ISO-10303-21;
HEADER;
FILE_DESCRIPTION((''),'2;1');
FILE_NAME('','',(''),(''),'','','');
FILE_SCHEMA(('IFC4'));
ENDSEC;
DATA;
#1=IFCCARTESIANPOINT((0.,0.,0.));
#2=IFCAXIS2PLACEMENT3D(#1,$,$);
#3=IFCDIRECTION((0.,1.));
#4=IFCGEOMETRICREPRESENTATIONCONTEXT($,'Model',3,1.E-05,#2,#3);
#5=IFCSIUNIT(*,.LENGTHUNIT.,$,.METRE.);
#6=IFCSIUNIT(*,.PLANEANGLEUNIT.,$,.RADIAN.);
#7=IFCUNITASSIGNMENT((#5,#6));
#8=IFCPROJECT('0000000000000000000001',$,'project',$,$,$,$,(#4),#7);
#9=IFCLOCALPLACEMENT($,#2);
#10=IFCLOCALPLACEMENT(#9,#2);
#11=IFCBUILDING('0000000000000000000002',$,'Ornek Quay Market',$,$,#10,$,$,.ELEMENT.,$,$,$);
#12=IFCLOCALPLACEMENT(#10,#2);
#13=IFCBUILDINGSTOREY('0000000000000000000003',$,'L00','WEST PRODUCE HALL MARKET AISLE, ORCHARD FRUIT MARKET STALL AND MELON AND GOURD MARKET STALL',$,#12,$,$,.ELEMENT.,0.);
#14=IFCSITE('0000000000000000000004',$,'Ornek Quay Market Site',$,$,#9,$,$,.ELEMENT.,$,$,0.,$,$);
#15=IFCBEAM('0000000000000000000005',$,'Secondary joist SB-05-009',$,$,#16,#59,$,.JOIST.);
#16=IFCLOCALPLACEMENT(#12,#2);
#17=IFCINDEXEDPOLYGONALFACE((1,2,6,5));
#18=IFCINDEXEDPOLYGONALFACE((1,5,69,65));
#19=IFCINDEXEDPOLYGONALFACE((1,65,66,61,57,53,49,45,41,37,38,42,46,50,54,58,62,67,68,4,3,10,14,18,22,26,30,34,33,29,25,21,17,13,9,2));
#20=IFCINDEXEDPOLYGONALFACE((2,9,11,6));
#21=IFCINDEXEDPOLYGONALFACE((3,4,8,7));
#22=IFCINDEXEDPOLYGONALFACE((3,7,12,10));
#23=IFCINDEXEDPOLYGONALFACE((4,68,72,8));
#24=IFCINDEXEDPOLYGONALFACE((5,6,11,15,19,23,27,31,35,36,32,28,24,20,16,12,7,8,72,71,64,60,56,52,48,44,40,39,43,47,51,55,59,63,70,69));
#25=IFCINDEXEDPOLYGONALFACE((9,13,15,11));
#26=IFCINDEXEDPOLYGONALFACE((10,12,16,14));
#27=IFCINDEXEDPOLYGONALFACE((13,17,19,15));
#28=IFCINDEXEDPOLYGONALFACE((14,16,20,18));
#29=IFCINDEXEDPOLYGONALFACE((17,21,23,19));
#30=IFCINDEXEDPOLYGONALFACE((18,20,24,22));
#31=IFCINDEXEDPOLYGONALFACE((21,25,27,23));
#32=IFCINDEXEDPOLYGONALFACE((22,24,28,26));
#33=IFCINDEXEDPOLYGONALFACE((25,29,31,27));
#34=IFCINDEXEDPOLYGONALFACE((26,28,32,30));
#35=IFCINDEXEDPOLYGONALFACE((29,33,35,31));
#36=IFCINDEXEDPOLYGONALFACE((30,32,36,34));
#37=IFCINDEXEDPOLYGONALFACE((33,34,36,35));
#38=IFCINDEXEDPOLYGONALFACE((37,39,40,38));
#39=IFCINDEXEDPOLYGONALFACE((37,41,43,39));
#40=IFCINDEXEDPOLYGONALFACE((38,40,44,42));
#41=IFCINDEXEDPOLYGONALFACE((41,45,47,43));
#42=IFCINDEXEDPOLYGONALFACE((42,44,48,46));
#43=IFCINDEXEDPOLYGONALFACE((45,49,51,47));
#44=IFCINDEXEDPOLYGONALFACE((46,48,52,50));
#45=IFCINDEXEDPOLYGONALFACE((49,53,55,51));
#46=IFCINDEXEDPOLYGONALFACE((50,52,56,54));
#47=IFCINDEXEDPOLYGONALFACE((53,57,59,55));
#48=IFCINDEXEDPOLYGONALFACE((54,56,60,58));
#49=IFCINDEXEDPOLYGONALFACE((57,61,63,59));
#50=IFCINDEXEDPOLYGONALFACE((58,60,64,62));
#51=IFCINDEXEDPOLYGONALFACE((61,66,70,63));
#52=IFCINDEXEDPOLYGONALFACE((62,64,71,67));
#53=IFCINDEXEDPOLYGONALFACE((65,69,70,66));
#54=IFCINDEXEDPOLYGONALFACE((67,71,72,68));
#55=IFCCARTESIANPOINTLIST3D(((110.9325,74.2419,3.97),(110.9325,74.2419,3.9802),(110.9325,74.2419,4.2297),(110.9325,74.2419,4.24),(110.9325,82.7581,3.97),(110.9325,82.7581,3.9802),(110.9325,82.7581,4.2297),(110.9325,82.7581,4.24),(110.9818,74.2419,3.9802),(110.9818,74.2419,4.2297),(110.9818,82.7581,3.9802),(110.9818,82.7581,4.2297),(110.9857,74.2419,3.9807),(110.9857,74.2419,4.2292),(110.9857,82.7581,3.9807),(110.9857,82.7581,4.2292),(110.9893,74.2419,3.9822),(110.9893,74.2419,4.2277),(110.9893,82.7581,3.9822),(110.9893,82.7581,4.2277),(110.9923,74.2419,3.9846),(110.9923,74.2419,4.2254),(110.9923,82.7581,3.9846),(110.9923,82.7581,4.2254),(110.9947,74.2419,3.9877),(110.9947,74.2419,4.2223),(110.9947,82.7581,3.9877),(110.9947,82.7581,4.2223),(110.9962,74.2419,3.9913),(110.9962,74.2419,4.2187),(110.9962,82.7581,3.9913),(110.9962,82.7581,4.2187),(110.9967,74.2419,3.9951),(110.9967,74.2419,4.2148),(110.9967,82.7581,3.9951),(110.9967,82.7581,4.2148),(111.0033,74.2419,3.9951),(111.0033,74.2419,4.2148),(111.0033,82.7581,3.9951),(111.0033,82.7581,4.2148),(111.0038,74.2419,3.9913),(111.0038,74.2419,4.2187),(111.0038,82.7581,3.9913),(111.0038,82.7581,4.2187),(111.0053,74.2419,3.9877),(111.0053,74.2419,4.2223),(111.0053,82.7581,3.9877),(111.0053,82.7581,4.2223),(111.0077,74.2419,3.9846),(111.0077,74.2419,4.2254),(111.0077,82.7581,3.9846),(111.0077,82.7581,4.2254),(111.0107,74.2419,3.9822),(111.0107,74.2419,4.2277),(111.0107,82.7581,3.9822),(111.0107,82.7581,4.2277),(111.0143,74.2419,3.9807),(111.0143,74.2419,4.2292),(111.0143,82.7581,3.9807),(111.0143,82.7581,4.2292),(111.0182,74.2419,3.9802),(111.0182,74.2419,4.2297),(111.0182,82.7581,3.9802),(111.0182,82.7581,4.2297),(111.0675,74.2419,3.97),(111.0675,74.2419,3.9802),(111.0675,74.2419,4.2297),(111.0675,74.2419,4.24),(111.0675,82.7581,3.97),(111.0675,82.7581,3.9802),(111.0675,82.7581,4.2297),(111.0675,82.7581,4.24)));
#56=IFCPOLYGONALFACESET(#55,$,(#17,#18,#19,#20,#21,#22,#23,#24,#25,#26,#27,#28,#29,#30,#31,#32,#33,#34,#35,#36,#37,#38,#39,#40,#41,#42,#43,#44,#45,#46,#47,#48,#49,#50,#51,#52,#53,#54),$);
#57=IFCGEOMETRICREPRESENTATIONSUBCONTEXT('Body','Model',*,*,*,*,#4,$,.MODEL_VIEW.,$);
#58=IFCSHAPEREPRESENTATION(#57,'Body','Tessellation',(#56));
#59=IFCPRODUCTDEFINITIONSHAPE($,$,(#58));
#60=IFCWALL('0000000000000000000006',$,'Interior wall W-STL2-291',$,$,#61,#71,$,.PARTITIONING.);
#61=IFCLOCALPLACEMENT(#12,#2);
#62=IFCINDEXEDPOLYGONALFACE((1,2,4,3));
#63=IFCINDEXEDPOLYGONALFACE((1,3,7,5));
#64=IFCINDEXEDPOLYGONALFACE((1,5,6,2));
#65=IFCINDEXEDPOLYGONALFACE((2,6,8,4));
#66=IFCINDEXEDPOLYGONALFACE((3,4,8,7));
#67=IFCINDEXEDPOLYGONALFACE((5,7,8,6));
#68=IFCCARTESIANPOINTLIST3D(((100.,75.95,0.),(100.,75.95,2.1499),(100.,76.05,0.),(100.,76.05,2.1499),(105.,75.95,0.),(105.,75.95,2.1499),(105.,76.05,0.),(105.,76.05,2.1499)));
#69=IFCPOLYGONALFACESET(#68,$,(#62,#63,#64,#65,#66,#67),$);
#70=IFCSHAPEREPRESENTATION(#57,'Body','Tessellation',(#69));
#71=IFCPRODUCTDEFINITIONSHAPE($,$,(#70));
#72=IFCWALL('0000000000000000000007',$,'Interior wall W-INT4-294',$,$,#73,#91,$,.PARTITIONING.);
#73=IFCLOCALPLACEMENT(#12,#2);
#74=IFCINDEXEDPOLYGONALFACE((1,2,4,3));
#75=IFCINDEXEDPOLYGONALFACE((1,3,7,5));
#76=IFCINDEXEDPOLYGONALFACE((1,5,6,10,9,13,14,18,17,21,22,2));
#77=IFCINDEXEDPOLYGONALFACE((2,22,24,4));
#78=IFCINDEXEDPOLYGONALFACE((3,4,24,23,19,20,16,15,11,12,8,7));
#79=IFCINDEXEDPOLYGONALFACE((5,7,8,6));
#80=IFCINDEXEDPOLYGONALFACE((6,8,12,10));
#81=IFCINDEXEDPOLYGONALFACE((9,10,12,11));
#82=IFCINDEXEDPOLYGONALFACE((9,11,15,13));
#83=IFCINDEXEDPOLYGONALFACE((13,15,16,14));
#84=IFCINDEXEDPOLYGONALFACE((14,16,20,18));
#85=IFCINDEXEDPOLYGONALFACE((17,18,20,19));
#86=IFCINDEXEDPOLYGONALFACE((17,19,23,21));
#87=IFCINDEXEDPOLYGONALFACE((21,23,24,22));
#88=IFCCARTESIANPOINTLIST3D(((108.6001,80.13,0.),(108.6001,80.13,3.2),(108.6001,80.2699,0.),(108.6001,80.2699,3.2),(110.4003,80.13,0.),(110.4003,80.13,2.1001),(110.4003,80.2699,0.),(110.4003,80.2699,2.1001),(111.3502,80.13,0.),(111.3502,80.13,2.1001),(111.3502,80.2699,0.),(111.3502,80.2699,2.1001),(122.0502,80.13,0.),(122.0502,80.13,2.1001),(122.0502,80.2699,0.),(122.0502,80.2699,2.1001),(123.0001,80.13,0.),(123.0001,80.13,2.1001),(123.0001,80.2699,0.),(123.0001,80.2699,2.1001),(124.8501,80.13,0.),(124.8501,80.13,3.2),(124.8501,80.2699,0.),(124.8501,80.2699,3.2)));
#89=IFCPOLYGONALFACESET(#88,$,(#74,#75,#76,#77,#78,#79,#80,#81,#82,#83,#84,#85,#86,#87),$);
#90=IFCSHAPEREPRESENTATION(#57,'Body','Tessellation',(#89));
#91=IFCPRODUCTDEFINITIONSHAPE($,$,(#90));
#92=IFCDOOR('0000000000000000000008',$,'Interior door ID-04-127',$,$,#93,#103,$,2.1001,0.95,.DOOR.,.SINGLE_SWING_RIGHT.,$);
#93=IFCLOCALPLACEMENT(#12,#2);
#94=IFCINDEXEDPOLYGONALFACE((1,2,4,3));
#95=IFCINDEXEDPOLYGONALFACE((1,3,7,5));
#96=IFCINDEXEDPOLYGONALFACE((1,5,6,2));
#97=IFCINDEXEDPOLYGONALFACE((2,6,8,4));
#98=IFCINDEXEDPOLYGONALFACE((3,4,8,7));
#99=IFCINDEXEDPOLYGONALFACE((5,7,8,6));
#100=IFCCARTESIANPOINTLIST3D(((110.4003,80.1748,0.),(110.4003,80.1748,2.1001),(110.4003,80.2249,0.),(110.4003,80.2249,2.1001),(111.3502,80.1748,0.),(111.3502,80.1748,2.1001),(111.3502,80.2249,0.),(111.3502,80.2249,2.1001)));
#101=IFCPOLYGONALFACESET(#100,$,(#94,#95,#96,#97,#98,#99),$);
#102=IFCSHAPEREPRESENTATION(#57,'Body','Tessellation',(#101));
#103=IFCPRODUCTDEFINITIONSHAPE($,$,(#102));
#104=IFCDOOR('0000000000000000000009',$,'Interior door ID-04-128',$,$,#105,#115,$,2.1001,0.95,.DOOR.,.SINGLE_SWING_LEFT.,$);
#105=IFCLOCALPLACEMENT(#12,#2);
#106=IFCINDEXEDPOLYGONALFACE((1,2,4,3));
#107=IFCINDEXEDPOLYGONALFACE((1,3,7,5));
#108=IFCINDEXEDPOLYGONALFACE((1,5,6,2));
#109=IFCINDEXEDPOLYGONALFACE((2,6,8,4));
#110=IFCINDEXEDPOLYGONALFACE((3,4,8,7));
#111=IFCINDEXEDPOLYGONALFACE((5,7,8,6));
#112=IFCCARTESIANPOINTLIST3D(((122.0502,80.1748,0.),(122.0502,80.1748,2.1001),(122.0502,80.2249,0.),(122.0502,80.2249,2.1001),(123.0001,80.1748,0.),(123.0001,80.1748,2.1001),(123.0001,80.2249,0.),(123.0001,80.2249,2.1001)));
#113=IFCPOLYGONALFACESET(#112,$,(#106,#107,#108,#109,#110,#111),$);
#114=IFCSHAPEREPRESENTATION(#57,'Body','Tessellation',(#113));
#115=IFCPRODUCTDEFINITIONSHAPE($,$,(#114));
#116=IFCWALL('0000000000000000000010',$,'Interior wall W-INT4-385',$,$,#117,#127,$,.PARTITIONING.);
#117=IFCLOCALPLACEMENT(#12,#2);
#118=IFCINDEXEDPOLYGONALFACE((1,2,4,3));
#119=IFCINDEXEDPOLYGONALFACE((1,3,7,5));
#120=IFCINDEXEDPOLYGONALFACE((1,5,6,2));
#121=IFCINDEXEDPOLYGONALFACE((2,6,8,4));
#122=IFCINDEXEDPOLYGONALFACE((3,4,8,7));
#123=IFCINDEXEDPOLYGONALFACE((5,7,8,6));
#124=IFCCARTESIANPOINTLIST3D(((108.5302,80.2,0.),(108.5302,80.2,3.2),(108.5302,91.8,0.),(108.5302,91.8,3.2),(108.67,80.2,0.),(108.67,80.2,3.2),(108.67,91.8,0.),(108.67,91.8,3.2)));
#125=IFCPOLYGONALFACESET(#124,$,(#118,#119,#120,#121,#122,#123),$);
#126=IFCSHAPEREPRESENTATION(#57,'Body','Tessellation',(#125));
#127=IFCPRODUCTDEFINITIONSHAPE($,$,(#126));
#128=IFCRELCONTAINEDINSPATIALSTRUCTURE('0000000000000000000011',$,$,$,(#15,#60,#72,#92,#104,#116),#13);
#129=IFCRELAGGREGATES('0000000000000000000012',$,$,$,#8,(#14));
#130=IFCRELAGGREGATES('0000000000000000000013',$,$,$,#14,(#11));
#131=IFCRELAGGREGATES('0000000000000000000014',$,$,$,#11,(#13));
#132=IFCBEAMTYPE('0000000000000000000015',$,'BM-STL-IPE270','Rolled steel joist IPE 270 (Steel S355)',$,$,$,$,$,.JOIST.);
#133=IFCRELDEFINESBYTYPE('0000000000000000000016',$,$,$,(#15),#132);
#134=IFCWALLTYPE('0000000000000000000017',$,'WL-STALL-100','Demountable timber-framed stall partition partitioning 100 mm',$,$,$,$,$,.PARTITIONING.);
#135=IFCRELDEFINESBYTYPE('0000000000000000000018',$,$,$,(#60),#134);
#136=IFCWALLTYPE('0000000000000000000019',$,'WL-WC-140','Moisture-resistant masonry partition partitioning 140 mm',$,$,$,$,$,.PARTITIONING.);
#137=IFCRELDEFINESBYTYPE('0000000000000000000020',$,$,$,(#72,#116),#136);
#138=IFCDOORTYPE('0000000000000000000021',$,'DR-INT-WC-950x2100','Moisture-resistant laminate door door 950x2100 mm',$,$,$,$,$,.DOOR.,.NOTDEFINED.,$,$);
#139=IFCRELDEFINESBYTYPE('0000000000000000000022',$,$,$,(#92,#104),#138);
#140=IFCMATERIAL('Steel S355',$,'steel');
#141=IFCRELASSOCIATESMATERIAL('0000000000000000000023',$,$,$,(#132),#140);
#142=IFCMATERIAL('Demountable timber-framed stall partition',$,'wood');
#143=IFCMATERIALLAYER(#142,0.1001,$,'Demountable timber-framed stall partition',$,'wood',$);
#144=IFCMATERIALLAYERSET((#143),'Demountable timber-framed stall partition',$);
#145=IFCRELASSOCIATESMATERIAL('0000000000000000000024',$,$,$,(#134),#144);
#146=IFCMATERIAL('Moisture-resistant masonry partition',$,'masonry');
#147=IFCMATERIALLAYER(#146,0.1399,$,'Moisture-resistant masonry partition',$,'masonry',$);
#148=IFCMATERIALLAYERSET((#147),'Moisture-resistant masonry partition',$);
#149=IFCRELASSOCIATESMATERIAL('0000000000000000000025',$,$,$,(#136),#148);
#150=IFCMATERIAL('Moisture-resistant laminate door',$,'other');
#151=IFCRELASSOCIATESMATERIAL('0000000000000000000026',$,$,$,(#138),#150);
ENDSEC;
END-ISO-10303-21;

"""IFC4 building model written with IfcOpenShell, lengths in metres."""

from ifc_helpers import new_model, si_unit, direction, frame, frame_2d, origin, origin_2d, place, context, subcontext, project, spatial, rectangle, i_section, extrude, material, layer, layer_set, material_profile, profile_set, type_object, element, fill, save


model = new_model("IFC4")

# Units and contexts
model_context = context("Model", 3, precision=1e-05, world=origin(), true_north=direction((0.0, 1.0)))
body_context = subcontext(model_context, "Body", "Model", "MODEL_VIEW")
ifc_project = project(units=[si_unit("LENGTHUNIT", "METRE"), si_unit("PLANEANGLEUNIT", "RADIAN")], contexts=[model_context])

# Site, building, storey
site_placement = place(None, origin())
site = spatial("IfcSite", under=ifc_project, at=site_placement, Name="Ornek Quay Market Site", CompositionType="ELEMENT", RefElevation=0.0)
building_placement = place(site_placement, origin())
building = spatial("IfcBuilding", under=site, at=building_placement, Name="Ornek Quay Market", CompositionType="ELEMENT")
storey_placement = place(building_placement, origin())
storey = spatial("IfcBuildingStorey", under=building, at=storey_placement, Name="L00", Description="WEST PRODUCE HALL MARKET AISLE, ORCHARD FRUIT MARKET STALL AND MELON AND GOURD MARKET STALL", CompositionType="ELEMENT", Elevation=0.0)

# Beam
ifc_material_1 = material(Name="Steel S355", Category="steel")
ifc_material_profile_1 = material_profile(ifc_material_1, i_section(OverallWidth=0.135, OverallDepth=0.27, WebThickness=0.0066, FlangeThickness=0.0103, FilletRadius=0.0149, at=origin_2d()), Name="IPE 270", Category="steel")
ifc_profile_set_1 = profile_set([ifc_material_profile_1], Name="Steel S355")
beam_type_1 = type_object("IfcBeamType", Name="BM-STL-IPE270", Description="Rolled steel joist IPE 270 (Steel S355)", PredefinedType="JOIST", material=ifc_profile_set_1)
beam_1_placement = place(storey_placement, frame((111.0, 74.2419, 4.105), z_axis=(0.0, 1.0, 0.0), x_axis=(-1.0, 0.0, 0.0)))
element("IfcBeam", 1, at=beam_1_placement, inside=storey, type_object=beam_type_1, Name="Secondary joist SB-05-009", PredefinedType="JOIST", context=body_context, shape_type="SweptSolid", body=[
    extrude(i_section(OverallWidth=0.135, OverallDepth=0.27, WebThickness=0.0066, FlangeThickness=0.0103, FilletRadius=0.0149, at=origin_2d()), origin(), (0.0, 0.0, 1.0), 8.5161),
])

# Wall
ifc_material_2 = material(Name="Demountable timber-framed stall partition", Category="wood")
ifc_layer_1 = layer(ifc_material_2, 0.1001, Name="Demountable timber-framed stall partition", Category="wood")
ifc_layer_set_1 = layer_set([ifc_layer_1], Name="Demountable timber-framed stall partition")
wall_type_1 = type_object("IfcWallType", Name="WL-STALL-100", Description="Demountable timber-framed stall partition partitioning 100 mm", PredefinedType="PARTITIONING", material=ifc_layer_set_1)
wall_1_placement = place(storey_placement, frame((100.0, 76.0, 0.0), z_axis=(0.0, 0.0, 1.0), x_axis=(1.0, 0.0, 0.0)))
element("IfcWall", 2, at=wall_1_placement, inside=storey, type_object=wall_type_1, Name="Interior wall W-STL2-291", PredefinedType="PARTITIONING", context=body_context, shape_type="SweptSolid", body=[
    extrude(rectangle(XDim=5.0, YDim=0.1001, at=frame_2d((2.5, 0.0))), origin(), (0.0, 0.0, 1.0), 2.1499),
])

# Wall, openings, doors
ifc_material_3 = material(Name="Moisture-resistant masonry partition", Category="masonry")
ifc_layer_2 = layer(ifc_material_3, 0.1399, Name="Moisture-resistant masonry partition", Category="masonry")
ifc_layer_set_2 = layer_set([ifc_layer_2], Name="Moisture-resistant masonry partition")
wall_type_2 = type_object("IfcWallType", Name="WL-WC-140", Description="Moisture-resistant masonry partition partitioning 140 mm", PredefinedType="PARTITIONING", material=ifc_layer_set_2)
wall_2_placement = place(storey_placement, frame((108.6001, 80.2, 0.0), z_axis=(0.0, 0.0, 1.0), x_axis=(1.0, 0.0, 0.0)))
wall_2 = element("IfcWall", 3, at=wall_2_placement, inside=storey, type_object=wall_type_2, Name="Interior wall W-INT4-294", PredefinedType="PARTITIONING", context=body_context, shape_type="SweptSolid", body=[
    extrude(rectangle(XDim=16.25, YDim=0.1399, at=frame_2d((8.125, 0.0))), origin(), (0.0, 0.0, 1.0), 3.2),
])
opening_1_placement = place(wall_2_placement, frame((1.8, 0.0, 0.0)))
opening_1 = element("IfcOpeningElement", 4, at=opening_1_placement, cuts=wall_2, PredefinedType="OPENING", context=body_context, shape_type="SweptSolid", body=[
    extrude(rectangle(XDim=0.95, YDim=2.1001, at=frame_2d((0.4751, 1.05))), frame((0.0, 0.0798, 0.0), z_axis=(0.0, -1.0, 0.0), x_axis=(1.0, 0.0, 0.0)), (0.0, 0.0, 1.0), 0.1599),
])
opening_2_placement = place(wall_2_placement, frame((13.45, 0.0, 0.0)))
opening_2 = element("IfcOpeningElement", 5, at=opening_2_placement, cuts=wall_2, PredefinedType="OPENING", context=body_context, shape_type="SweptSolid", body=[
    extrude(rectangle(XDim=0.95, YDim=2.1001, at=frame_2d((0.4751, 1.05))), frame((0.0, 0.0798, 0.0), z_axis=(0.0, -1.0, 0.0), x_axis=(1.0, 0.0, 0.0)), (0.0, 0.0, 1.0), 0.1599),
])
ifc_material_4 = material(Name="Moisture-resistant laminate door", Category="other")
door_type = type_object("IfcDoorType", Name="DR-INT-WC-950x2100", Description="Moisture-resistant laminate door door 950x2100 mm", OperationType="NOTDEFINED", PredefinedType="DOOR", material=ifc_material_4)
door_1_placement = place(opening_1_placement, origin())
door_1 = element("IfcDoor", 6, at=door_1_placement, inside=storey, type_object=door_type, Name="Interior door ID-04-127", OperationType="SINGLE_SWING_RIGHT", OverallHeight=2.1001, OverallWidth=0.95, PredefinedType="DOOR", context=body_context, shape_type="SweptSolid", body=[
    extrude(rectangle(XDim=0.95, YDim=2.1001, at=frame_2d((0.4751, 1.05))), frame((0.0, 0.0249, 0.0), z_axis=(0.0, -1.0, 0.0), x_axis=(1.0, 0.0, 0.0)), (0.0, 0.0, 1.0), 0.05),
])
fill(opening_1, door_1)
door_2_placement = place(opening_2_placement, origin())
door_2 = element("IfcDoor", 7, at=door_2_placement, inside=storey, type_object=door_type, Name="Interior door ID-04-128", OperationType="SINGLE_SWING_LEFT", OverallHeight=2.1001, OverallWidth=0.95, PredefinedType="DOOR", context=body_context, shape_type="SweptSolid", body=[
    extrude(rectangle(XDim=0.95, YDim=2.1001, at=frame_2d((0.4751, 1.05))), frame((0.0, 0.0249, 0.0), z_axis=(0.0, -1.0, 0.0), x_axis=(1.0, 0.0, 0.0)), (0.0, 0.0, 1.0), 0.05),
])
fill(opening_2, door_2)

# Wall
wall_3_placement = place(storey_placement, frame((108.6001, 80.2, 0.0), z_axis=(0.0, 0.0, 1.0), x_axis=(0.0, 1.0, 0.0)))
element("IfcWall", 8, at=wall_3_placement, inside=storey, type_object=wall_type_2, Name="Interior wall W-INT4-385", PredefinedType="PARTITIONING", context=body_context, shape_type="SweptSolid", body=[
    extrude(rectangle(XDim=11.6001, YDim=0.1399, at=frame_2d((5.8, 0.0))), origin(), (0.0, 0.0, 1.0), 3.2),
])

save(model, "model.ifc")
